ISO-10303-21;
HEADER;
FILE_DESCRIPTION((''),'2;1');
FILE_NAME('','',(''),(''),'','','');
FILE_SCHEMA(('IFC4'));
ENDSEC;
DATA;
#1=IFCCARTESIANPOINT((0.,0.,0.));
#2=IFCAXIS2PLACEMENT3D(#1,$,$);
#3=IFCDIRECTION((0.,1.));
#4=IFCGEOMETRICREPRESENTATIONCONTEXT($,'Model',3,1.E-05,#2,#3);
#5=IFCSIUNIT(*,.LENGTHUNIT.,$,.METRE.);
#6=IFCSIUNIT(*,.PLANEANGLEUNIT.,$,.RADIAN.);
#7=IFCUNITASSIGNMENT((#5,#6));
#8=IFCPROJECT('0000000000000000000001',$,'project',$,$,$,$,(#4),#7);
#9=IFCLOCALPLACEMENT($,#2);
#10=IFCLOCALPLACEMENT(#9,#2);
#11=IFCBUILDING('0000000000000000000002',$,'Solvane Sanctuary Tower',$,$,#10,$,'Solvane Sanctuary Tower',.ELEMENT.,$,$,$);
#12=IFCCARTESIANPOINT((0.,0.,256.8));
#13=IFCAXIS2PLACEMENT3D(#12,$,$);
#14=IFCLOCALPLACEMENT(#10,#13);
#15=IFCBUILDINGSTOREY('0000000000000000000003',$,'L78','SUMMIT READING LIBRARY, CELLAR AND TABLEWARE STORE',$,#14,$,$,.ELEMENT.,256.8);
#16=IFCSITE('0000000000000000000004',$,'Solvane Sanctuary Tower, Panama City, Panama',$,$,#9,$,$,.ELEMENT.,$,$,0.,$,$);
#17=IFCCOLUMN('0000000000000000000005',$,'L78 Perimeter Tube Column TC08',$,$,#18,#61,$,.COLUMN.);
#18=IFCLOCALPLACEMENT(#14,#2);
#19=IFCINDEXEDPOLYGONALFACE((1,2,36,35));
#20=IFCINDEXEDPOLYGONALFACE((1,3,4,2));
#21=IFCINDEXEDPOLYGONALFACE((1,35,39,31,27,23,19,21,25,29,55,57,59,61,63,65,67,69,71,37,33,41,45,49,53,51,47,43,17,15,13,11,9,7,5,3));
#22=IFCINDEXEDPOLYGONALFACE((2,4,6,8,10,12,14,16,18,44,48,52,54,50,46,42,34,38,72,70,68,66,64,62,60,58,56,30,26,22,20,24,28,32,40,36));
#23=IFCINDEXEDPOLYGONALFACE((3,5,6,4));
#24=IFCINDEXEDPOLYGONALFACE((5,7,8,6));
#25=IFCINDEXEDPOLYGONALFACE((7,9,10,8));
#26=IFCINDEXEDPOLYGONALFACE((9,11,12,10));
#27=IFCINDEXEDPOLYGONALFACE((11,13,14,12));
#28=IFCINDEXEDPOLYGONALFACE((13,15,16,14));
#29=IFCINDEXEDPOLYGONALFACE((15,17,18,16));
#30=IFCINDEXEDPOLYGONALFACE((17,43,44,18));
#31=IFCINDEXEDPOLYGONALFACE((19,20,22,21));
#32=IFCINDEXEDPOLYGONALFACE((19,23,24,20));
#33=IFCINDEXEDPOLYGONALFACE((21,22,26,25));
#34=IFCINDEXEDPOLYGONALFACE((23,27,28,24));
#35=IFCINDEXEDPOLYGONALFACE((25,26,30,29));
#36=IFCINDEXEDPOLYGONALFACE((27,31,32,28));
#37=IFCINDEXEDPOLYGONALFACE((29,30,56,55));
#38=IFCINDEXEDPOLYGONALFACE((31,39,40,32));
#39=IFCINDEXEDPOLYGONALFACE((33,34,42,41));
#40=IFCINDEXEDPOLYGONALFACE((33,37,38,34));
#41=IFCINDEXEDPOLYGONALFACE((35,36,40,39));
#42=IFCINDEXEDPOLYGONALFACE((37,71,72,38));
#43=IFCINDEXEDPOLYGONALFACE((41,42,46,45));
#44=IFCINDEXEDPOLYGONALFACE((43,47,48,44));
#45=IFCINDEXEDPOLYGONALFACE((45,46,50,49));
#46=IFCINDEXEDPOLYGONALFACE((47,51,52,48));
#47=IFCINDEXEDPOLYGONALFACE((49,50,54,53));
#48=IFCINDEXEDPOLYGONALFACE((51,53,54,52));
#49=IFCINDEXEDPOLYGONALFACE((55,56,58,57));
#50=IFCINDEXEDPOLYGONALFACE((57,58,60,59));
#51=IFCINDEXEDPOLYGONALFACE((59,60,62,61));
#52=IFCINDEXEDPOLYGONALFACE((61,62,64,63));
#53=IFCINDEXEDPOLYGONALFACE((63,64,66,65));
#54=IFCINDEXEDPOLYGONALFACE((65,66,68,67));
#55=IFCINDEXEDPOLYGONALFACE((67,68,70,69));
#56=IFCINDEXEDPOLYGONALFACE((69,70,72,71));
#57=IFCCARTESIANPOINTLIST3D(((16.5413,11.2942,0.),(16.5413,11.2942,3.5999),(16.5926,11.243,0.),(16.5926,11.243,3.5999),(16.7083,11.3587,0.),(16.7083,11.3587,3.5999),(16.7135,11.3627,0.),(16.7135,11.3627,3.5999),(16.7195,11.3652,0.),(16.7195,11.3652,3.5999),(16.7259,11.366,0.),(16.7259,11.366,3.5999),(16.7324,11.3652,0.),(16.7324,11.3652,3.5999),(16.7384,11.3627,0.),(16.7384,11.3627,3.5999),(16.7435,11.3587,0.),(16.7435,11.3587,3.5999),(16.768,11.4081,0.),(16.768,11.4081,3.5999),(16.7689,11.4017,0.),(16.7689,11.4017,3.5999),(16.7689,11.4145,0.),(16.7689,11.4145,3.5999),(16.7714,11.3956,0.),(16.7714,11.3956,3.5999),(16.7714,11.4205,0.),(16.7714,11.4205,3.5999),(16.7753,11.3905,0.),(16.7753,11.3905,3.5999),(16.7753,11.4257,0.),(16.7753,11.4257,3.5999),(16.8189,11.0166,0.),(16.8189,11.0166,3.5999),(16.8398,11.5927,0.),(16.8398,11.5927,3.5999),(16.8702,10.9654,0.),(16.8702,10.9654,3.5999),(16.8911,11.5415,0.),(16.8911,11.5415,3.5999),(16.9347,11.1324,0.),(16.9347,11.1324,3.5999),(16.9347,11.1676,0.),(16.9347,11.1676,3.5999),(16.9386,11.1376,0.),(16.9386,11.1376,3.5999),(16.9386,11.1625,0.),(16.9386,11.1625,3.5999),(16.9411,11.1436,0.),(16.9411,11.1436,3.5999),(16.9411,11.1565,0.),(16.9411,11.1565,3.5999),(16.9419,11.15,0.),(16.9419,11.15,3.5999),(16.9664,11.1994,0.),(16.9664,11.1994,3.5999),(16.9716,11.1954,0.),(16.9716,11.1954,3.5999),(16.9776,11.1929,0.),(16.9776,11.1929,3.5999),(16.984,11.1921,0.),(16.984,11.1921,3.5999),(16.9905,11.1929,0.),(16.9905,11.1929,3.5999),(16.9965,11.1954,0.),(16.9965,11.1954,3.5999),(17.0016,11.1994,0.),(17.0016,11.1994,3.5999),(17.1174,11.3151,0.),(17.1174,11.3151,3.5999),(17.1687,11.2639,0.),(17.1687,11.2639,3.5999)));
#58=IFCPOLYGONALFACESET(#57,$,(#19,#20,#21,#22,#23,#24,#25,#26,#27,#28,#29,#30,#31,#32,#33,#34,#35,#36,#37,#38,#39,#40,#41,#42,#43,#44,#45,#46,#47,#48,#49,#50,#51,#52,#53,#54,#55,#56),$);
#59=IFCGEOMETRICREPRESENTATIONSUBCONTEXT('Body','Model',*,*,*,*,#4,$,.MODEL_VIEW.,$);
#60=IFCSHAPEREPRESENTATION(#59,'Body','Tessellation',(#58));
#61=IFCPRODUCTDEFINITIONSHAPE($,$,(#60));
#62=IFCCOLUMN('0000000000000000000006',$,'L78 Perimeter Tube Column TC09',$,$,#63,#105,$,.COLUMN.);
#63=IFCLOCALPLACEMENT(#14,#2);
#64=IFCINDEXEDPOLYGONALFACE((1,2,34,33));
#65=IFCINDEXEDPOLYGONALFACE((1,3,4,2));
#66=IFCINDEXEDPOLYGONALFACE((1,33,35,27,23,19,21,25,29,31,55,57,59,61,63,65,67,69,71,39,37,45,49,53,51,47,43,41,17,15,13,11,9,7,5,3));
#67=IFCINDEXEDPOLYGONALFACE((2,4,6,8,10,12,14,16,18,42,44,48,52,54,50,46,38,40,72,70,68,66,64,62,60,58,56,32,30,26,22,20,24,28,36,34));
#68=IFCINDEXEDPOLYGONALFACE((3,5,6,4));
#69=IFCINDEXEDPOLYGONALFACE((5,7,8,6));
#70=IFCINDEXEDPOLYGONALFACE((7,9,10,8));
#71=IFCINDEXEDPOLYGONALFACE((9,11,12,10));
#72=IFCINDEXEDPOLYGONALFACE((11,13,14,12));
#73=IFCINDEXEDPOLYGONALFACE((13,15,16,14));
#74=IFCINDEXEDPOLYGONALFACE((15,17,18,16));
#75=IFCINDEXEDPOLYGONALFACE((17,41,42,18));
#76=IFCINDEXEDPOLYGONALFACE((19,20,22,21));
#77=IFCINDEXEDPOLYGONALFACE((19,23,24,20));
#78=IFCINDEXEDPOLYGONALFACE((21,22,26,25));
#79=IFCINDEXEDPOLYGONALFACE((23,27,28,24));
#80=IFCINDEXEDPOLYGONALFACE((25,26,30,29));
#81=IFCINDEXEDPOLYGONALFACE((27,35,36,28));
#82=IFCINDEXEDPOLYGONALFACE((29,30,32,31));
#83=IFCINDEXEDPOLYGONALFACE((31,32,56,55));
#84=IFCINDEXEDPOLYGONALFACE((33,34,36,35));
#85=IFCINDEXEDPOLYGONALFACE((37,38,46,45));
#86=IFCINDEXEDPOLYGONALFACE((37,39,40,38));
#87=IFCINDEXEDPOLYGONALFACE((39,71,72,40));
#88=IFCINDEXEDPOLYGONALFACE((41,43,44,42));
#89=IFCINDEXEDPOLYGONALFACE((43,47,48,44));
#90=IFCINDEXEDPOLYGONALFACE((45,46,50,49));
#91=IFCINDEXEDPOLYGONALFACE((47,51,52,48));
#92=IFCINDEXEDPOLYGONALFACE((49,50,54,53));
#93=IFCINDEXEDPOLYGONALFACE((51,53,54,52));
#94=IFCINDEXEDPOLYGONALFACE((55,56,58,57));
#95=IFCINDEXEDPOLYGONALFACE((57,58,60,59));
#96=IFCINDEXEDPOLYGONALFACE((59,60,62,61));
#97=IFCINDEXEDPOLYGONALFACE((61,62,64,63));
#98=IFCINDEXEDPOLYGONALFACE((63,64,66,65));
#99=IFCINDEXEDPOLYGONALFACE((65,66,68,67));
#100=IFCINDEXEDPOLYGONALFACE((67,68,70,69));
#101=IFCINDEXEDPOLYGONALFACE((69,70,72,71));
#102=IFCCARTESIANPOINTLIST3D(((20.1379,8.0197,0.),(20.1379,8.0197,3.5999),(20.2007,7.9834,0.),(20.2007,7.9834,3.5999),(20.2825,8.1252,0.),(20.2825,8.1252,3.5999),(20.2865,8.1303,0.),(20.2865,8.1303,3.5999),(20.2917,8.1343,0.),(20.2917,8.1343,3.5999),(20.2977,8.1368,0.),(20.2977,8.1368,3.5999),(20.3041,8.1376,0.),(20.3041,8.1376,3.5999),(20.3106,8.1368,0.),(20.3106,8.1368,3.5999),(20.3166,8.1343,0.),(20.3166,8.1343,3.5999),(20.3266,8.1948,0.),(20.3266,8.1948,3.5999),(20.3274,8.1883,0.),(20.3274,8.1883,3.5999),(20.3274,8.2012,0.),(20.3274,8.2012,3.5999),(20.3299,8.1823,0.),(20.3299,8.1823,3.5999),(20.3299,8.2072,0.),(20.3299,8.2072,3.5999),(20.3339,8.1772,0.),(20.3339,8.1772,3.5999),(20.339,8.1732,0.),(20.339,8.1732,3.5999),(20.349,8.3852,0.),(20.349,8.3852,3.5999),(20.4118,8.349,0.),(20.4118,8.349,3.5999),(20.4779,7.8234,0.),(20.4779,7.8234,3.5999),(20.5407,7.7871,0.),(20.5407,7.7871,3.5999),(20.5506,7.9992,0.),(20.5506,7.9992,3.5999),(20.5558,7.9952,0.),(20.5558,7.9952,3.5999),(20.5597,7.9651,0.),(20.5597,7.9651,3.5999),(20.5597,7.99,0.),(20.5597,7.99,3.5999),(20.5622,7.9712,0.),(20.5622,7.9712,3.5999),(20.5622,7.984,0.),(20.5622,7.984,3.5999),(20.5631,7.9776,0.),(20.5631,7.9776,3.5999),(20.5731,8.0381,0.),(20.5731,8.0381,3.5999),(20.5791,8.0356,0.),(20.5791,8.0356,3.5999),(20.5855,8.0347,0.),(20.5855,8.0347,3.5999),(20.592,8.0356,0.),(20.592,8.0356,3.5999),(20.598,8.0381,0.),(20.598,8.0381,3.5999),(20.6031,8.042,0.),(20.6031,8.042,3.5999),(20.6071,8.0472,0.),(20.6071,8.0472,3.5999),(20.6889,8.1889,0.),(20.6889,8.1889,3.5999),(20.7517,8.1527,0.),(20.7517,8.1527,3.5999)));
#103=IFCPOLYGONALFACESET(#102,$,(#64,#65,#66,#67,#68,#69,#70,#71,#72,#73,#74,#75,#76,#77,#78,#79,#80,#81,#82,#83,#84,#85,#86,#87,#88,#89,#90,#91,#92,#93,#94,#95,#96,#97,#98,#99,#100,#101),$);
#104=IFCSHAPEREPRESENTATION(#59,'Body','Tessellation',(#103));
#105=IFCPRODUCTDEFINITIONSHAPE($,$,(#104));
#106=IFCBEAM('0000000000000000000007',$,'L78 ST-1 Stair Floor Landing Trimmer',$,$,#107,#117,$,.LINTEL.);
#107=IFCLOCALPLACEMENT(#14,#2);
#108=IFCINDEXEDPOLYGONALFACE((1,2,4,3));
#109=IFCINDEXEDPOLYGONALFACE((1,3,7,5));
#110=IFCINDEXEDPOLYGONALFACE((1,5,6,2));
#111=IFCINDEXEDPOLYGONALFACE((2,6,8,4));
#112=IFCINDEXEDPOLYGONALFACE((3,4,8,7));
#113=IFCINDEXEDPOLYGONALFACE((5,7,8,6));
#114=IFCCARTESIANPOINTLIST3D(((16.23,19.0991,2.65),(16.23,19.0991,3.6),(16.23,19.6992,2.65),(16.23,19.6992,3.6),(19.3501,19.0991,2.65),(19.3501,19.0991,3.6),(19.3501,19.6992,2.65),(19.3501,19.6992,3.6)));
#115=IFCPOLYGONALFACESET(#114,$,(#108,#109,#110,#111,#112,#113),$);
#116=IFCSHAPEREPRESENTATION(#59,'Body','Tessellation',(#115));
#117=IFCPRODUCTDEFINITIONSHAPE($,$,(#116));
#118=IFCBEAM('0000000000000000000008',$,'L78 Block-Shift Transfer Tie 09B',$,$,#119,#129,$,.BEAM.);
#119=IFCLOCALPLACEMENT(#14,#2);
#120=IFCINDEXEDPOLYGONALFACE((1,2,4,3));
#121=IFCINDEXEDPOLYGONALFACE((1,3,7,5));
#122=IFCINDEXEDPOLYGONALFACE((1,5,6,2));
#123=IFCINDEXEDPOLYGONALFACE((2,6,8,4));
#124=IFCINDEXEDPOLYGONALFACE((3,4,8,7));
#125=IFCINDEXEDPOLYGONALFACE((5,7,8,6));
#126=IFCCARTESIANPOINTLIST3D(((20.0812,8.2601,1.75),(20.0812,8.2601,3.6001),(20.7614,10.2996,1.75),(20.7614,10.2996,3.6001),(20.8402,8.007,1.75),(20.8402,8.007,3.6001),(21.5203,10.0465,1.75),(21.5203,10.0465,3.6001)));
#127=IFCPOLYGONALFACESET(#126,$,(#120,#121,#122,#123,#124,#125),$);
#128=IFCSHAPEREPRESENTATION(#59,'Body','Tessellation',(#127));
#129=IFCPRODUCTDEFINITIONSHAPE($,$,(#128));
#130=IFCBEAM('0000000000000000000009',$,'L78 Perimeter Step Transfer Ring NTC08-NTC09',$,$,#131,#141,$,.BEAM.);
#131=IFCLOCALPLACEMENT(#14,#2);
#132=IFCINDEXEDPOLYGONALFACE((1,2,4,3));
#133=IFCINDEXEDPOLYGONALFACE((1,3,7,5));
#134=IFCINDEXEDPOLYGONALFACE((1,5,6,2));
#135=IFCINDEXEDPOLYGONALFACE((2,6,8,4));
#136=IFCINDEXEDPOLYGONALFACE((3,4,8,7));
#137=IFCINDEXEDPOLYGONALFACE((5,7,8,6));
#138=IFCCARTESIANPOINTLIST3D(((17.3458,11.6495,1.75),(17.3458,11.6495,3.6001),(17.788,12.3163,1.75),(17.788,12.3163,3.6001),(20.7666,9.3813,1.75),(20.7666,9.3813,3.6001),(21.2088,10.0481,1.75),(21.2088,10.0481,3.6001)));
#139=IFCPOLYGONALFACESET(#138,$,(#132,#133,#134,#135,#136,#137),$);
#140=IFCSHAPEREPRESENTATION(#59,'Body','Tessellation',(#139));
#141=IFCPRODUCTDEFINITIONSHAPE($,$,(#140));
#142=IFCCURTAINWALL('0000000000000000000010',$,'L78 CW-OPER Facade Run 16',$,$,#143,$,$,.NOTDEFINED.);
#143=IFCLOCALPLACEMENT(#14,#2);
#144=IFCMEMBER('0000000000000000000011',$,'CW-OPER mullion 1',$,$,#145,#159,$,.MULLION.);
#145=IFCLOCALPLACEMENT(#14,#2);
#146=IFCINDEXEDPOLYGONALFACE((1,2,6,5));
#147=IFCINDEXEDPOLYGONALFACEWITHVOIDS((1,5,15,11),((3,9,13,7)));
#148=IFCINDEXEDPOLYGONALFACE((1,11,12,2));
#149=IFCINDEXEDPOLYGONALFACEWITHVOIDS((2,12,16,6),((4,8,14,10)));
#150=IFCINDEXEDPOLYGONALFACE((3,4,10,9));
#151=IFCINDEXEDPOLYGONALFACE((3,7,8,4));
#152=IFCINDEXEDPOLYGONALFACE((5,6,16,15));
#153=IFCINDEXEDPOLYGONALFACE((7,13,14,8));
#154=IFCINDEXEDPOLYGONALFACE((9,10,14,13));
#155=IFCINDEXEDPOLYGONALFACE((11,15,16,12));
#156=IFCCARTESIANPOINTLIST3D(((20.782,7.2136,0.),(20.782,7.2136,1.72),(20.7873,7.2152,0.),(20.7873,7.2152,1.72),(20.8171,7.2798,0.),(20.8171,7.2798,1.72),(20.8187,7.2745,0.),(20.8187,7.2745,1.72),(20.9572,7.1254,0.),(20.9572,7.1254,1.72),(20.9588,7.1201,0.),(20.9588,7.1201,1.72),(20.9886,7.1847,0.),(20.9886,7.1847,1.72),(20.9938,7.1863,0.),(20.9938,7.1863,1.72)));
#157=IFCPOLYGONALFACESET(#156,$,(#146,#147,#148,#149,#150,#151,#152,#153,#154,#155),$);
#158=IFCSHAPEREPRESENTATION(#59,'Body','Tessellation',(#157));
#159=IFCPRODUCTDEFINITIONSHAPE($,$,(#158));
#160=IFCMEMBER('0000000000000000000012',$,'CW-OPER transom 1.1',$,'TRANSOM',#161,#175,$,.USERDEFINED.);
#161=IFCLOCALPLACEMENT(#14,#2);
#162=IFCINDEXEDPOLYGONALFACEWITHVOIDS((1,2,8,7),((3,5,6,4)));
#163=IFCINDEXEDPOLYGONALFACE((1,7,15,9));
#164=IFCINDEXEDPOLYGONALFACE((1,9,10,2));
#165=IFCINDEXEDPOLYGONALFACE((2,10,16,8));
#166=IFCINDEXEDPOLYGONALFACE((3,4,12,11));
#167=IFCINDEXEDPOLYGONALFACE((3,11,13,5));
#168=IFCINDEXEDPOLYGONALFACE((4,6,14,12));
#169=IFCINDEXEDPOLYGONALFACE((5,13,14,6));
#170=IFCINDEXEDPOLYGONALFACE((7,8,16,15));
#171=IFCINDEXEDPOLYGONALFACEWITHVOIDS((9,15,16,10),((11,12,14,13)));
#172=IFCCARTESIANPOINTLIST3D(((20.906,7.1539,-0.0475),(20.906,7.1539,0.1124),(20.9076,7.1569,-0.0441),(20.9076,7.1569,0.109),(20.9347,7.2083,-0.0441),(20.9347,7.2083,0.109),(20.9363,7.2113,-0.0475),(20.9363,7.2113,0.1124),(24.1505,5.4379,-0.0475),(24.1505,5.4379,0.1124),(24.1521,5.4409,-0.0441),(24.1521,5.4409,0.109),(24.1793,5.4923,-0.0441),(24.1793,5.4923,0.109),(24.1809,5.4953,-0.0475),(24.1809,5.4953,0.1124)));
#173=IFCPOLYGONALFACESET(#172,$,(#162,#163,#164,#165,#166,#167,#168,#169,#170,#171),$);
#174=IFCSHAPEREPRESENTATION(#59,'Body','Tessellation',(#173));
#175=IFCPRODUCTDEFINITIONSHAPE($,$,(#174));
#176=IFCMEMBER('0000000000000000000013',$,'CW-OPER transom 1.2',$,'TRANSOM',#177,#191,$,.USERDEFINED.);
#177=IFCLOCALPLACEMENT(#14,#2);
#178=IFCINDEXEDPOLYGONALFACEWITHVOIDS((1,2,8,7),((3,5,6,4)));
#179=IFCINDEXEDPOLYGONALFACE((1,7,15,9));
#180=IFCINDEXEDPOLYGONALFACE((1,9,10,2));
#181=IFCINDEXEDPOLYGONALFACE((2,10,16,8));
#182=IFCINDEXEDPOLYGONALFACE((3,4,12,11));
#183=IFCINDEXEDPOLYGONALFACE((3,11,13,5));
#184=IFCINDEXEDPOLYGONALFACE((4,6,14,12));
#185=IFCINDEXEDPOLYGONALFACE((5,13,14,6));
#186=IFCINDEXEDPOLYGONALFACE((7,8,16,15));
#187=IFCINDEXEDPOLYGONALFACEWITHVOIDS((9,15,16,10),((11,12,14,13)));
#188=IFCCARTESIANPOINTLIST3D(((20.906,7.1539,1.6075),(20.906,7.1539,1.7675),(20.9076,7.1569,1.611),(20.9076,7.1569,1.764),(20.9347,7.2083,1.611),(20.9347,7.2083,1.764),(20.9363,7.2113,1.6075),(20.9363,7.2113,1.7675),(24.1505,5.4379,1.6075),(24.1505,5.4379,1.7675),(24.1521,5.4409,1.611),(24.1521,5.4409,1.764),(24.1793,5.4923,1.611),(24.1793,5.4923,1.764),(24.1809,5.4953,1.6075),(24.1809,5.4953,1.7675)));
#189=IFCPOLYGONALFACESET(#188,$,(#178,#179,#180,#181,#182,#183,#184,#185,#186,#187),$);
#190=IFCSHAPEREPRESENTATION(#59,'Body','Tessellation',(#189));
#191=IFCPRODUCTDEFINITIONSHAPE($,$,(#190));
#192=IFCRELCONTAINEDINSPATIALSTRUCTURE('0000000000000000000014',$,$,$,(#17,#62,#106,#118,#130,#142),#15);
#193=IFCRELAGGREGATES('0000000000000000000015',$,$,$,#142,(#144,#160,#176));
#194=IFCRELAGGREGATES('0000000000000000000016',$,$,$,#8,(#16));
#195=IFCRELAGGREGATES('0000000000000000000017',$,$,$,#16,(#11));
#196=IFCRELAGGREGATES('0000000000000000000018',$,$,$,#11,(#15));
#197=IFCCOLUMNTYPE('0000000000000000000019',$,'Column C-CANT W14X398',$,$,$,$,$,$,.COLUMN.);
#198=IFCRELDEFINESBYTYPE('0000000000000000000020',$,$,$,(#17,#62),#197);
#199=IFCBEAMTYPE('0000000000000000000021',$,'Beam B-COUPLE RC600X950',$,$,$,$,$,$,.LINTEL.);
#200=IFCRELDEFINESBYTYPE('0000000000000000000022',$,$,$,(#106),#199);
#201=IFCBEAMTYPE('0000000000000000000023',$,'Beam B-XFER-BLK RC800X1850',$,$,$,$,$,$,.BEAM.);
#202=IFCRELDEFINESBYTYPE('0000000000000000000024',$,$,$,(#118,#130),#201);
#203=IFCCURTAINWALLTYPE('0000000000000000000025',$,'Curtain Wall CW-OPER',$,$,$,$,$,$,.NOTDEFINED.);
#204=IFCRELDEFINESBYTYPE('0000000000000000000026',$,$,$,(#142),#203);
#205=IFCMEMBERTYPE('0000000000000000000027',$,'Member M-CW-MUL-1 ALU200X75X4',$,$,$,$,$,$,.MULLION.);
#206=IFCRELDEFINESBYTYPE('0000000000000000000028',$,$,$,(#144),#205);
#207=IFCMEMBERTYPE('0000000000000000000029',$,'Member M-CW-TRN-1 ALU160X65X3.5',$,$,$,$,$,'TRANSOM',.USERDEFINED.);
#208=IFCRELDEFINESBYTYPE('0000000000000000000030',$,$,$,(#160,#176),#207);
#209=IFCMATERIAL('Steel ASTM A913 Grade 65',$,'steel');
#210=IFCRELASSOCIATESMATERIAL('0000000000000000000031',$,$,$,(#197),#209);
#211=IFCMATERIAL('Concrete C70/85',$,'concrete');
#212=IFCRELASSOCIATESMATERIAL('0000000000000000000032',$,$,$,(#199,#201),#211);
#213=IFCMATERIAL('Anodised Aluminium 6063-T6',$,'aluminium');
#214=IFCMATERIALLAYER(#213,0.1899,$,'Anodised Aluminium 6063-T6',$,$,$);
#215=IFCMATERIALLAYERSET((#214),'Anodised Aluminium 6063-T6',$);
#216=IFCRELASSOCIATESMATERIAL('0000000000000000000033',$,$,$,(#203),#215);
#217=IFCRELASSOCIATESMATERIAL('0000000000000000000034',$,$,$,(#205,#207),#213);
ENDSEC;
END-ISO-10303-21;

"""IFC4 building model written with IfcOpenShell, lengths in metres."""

from ifc_helpers import new_model, si_unit, direction, frame, origin, origin_2d, place, context, subcontext, project, spatial, rectangle, hollow_rectangle, i_section, extrude, material, layer, layer_set, material_profile, profile_set, type_object, element, aggregate, save


model = new_model("IFC4")

# Units and contexts
model_context = context("Model", 3, precision=1e-05, world=origin(), true_north=direction((0.0, 1.0)))
body_context = subcontext(model_context, "Body", "Model", "MODEL_VIEW")
ifc_project = project(units=[si_unit("LENGTHUNIT", "METRE"), si_unit("PLANEANGLEUNIT", "RADIAN")], contexts=[model_context])

# Site, building, storey
site_placement = place(None, origin())
site = spatial("IfcSite", under=ifc_project, at=site_placement, Name="Solvane Sanctuary Tower, Panama City, Panama", CompositionType="ELEMENT", RefElevation=0.0)
building_placement = place(site_placement, origin())
building = spatial("IfcBuilding", under=site, at=building_placement, Name="Solvane Sanctuary Tower", LongName="Solvane Sanctuary Tower", CompositionType="ELEMENT")
storey_placement = place(building_placement, frame((0.0, 0.0, 256.8)))
storey = spatial("IfcBuildingStorey", under=building, at=storey_placement, Name="L78", Description="SUMMIT READING LIBRARY, CELLAR AND TABLEWARE STORE", CompositionType="ELEMENT", Elevation=256.8)

# Columns
ifc_material_1 = material(Name="Steel ASTM A913 Grade 65", Category="steel")
ifc_material_profile_1 = material_profile(ifc_material_1, i_section(OverallWidth=0.4221, OverallDepth=0.4651, WebThickness=0.0449, FlangeThickness=0.0725, FilletRadius=0.0249, at=origin_2d()), Name="W14X398")
ifc_profile_set_1 = profile_set([ifc_material_profile_1], Name="Steel ASTM A913 Grade 65")
column_type = type_object("IfcColumnType", Name="Column C-CANT W14X398", PredefinedType="COLUMN", material=ifc_profile_set_1)
for number, where, z_axis, x_axis, name in (
    (1, (16.855, 11.2791, 0.0), (0.0, 0.0, 1.0), (-0.707107, -0.707107, 0.0), "L78 Perimeter Tube Column TC08"),
    (2, (20.4448, 8.0862, 0.0), (0.0, 0.0, 1.0), (-0.5, -0.866025, 0.0), "L78 Perimeter Tube Column TC09"),
):
    element("IfcColumn", number, at=place(storey_placement, frame(where, z_axis=z_axis, x_axis=x_axis)), inside=storey, type_object=column_type, Name=name, PredefinedType="COLUMN", context=body_context, shape_type="SweptSolid", body=[
        extrude(i_section(OverallWidth=0.4221, OverallDepth=0.4651, WebThickness=0.0449, FlangeThickness=0.0725, FilletRadius=0.0249, at=origin_2d()), origin(), (0.0, 0.0, 1.0), 3.5999),
    ])

# Beams
ifc_material_2 = material(Name="Concrete C70/85", Category="concrete")
ifc_material_profile_2 = material_profile(ifc_material_2, rectangle(XDim=0.6001, YDim=0.95, at=origin_2d()), Name="RC600X950")
ifc_profile_set_2 = profile_set([ifc_material_profile_2], Name="Concrete C70/85")
beam_type_1 = type_object("IfcBeamType", Name="Beam B-COUPLE RC600X950", PredefinedType="LINTEL", material=ifc_profile_set_2)
beam_1_placement = place(storey_placement, frame((16.23, 19.3992, 3.125), z_axis=(1.0, 0.0, 0.0), x_axis=(0.0, 1.0, 0.0)))
element("IfcBeam", 3, at=beam_1_placement, inside=storey, type_object=beam_type_1, Name="L78 ST-1 Stair Floor Landing Trimmer", PredefinedType="LINTEL", context=body_context, shape_type="SweptSolid", body=[
    extrude(rectangle(XDim=0.6001, YDim=0.95, at=origin_2d()), origin(), (0.0, 0.0, 1.0), 3.1201),
])
ifc_material_profile_3 = material_profile(ifc_material_2, rectangle(XDim=0.8, YDim=1.8501, at=origin_2d()), Name="RC800X1850")
ifc_profile_set_3 = profile_set([ifc_material_profile_3], Name="Concrete C70/85")
beam_type_2 = type_object("IfcBeamType", Name="Beam B-XFER-BLK RC800X1850", PredefinedType="BEAM", material=ifc_profile_set_3)
beam_2_placement = place(storey_placement, frame((20.4607, 8.1335, 2.675), z_axis=(0.316364, 0.948638, 0.0), x_axis=(-0.948638, 0.316364, 0.0)))
element("IfcBeam", 4, at=beam_2_placement, inside=storey, type_object=beam_type_2, Name="L78 Block-Shift Transfer Tie 09B", PredefinedType="BEAM", context=body_context, shape_type="SweptSolid", body=[
    extrude(rectangle(XDim=0.8, YDim=1.8501, at=origin_2d()), origin(), (0.0, 0.0, 1.0), 2.1499),
])
beam_3_placement = place(storey_placement, frame((17.5669, 11.9829, 2.675), z_axis=(0.833429, -0.552626, 0.0), x_axis=(0.552626, 0.833429, 0.0)))
element("IfcBeam", 5, at=beam_3_placement, inside=storey, type_object=beam_type_2, Name="L78 Perimeter Step Transfer Ring NTC08-NTC09", PredefinedType="BEAM", context=body_context, shape_type="SweptSolid", body=[
    extrude(rectangle(XDim=0.8, YDim=1.8501, at=origin_2d()), origin(), (0.0, 0.0, 1.0), 4.1045),
])

# Curtain wall, members
ifc_material_3 = material(Name="Anodised Aluminium 6063-T6", Category="aluminium")
ifc_layer_1 = layer(ifc_material_3, 0.1899, Name="Anodised Aluminium 6063-T6")
ifc_layer_set_1 = layer_set([ifc_layer_1], Name="Anodised Aluminium 6063-T6")
curtain_wall_type = type_object("IfcCurtainWallType", Name="Curtain Wall CW-OPER", PredefinedType="NOTDEFINED", material=ifc_layer_set_1)
curtain_wall_placement = place(storey_placement, origin())
curtain_wall = element("IfcCurtainWall", 6, at=curtain_wall_placement, inside=storey, type_object=curtain_wall_type, Name="L78 CW-OPER Facade Run 16", PredefinedType="NOTDEFINED")
ifc_material_profile_4 = material_profile(ifc_material_3, hollow_rectangle(XDim=0.075, YDim=0.2, WallThickness=0.0039, at=origin_2d()), Name="ALU200X75X4")
ifc_profile_set_4 = profile_set([ifc_material_profile_4], Name="Anodised Aluminium 6063-T6")
member_type_1 = type_object("IfcMemberType", Name="Member M-CW-MUL-1 ALU200X75X4", PredefinedType="MULLION", material=ifc_profile_set_4)
member_1_placement = place(storey_placement, frame((20.8879, 7.2, 0.0), z_axis=(0.0, 0.0, 1.0), x_axis=(0.467523, 0.883981, 0.0)))
member_1 = element("IfcMember", 7, at=member_1_placement, type_object=member_type_1, Name="CW-OPER mullion 1", PredefinedType="MULLION", context=body_context, shape_type="SweptSolid", body=[
    extrude(hollow_rectangle(XDim=0.075, YDim=0.2, WallThickness=0.0039, at=origin_2d()), origin(), (0.0, 0.0, 1.0), 1.72),
])
ifc_material_profile_5 = material_profile(ifc_material_3, hollow_rectangle(XDim=0.0649, YDim=0.1599, WallThickness=0.0034, at=origin_2d()), Name="ALU160X65X3.5")
ifc_profile_set_5 = profile_set([ifc_material_profile_5], Name="Anodised Aluminium 6063-T6")
member_type_2 = type_object("IfcMemberType", Name="Member M-CW-TRN-1 ALU160X65X3.5", ElementType="TRANSOM", PredefinedType="USERDEFINED", material=ifc_profile_set_5)
member_2_placement = place(storey_placement, frame((20.9211, 7.1826, 0.0325), z_axis=(0.883977, -0.46753, 0.0), x_axis=(0.46753, 0.883977, 0.0)))
member_2 = element("IfcMember", 8, at=member_2_placement, type_object=member_type_2, Name="CW-OPER transom 1.1", ObjectType="TRANSOM", PredefinedType="USERDEFINED", context=body_context, shape_type="SweptSolid", body=[
    extrude(hollow_rectangle(XDim=0.0649, YDim=0.1599, WallThickness=0.0034, at=origin_2d()), origin(), (0.0, 0.0, 1.0), 3.6704),
])
member_3_placement = place(storey_placement, frame((20.9211, 7.1826, 1.6875), z_axis=(0.883977, -0.46753, 0.0), x_axis=(0.46753, 0.883977, 0.0)))
member_3 = element("IfcMember", 9, at=member_3_placement, type_object=member_type_2, Name="CW-OPER transom 1.2", ObjectType="TRANSOM", PredefinedType="USERDEFINED", context=body_context, shape_type="SweptSolid", body=[
    extrude(hollow_rectangle(XDim=0.0649, YDim=0.1599, WallThickness=0.0034, at=origin_2d()), origin(), (0.0, 0.0, 1.0), 3.6704),
])
aggregate(curtain_wall, [member_1, member_2, member_3])

save(model, "model.ifc")
